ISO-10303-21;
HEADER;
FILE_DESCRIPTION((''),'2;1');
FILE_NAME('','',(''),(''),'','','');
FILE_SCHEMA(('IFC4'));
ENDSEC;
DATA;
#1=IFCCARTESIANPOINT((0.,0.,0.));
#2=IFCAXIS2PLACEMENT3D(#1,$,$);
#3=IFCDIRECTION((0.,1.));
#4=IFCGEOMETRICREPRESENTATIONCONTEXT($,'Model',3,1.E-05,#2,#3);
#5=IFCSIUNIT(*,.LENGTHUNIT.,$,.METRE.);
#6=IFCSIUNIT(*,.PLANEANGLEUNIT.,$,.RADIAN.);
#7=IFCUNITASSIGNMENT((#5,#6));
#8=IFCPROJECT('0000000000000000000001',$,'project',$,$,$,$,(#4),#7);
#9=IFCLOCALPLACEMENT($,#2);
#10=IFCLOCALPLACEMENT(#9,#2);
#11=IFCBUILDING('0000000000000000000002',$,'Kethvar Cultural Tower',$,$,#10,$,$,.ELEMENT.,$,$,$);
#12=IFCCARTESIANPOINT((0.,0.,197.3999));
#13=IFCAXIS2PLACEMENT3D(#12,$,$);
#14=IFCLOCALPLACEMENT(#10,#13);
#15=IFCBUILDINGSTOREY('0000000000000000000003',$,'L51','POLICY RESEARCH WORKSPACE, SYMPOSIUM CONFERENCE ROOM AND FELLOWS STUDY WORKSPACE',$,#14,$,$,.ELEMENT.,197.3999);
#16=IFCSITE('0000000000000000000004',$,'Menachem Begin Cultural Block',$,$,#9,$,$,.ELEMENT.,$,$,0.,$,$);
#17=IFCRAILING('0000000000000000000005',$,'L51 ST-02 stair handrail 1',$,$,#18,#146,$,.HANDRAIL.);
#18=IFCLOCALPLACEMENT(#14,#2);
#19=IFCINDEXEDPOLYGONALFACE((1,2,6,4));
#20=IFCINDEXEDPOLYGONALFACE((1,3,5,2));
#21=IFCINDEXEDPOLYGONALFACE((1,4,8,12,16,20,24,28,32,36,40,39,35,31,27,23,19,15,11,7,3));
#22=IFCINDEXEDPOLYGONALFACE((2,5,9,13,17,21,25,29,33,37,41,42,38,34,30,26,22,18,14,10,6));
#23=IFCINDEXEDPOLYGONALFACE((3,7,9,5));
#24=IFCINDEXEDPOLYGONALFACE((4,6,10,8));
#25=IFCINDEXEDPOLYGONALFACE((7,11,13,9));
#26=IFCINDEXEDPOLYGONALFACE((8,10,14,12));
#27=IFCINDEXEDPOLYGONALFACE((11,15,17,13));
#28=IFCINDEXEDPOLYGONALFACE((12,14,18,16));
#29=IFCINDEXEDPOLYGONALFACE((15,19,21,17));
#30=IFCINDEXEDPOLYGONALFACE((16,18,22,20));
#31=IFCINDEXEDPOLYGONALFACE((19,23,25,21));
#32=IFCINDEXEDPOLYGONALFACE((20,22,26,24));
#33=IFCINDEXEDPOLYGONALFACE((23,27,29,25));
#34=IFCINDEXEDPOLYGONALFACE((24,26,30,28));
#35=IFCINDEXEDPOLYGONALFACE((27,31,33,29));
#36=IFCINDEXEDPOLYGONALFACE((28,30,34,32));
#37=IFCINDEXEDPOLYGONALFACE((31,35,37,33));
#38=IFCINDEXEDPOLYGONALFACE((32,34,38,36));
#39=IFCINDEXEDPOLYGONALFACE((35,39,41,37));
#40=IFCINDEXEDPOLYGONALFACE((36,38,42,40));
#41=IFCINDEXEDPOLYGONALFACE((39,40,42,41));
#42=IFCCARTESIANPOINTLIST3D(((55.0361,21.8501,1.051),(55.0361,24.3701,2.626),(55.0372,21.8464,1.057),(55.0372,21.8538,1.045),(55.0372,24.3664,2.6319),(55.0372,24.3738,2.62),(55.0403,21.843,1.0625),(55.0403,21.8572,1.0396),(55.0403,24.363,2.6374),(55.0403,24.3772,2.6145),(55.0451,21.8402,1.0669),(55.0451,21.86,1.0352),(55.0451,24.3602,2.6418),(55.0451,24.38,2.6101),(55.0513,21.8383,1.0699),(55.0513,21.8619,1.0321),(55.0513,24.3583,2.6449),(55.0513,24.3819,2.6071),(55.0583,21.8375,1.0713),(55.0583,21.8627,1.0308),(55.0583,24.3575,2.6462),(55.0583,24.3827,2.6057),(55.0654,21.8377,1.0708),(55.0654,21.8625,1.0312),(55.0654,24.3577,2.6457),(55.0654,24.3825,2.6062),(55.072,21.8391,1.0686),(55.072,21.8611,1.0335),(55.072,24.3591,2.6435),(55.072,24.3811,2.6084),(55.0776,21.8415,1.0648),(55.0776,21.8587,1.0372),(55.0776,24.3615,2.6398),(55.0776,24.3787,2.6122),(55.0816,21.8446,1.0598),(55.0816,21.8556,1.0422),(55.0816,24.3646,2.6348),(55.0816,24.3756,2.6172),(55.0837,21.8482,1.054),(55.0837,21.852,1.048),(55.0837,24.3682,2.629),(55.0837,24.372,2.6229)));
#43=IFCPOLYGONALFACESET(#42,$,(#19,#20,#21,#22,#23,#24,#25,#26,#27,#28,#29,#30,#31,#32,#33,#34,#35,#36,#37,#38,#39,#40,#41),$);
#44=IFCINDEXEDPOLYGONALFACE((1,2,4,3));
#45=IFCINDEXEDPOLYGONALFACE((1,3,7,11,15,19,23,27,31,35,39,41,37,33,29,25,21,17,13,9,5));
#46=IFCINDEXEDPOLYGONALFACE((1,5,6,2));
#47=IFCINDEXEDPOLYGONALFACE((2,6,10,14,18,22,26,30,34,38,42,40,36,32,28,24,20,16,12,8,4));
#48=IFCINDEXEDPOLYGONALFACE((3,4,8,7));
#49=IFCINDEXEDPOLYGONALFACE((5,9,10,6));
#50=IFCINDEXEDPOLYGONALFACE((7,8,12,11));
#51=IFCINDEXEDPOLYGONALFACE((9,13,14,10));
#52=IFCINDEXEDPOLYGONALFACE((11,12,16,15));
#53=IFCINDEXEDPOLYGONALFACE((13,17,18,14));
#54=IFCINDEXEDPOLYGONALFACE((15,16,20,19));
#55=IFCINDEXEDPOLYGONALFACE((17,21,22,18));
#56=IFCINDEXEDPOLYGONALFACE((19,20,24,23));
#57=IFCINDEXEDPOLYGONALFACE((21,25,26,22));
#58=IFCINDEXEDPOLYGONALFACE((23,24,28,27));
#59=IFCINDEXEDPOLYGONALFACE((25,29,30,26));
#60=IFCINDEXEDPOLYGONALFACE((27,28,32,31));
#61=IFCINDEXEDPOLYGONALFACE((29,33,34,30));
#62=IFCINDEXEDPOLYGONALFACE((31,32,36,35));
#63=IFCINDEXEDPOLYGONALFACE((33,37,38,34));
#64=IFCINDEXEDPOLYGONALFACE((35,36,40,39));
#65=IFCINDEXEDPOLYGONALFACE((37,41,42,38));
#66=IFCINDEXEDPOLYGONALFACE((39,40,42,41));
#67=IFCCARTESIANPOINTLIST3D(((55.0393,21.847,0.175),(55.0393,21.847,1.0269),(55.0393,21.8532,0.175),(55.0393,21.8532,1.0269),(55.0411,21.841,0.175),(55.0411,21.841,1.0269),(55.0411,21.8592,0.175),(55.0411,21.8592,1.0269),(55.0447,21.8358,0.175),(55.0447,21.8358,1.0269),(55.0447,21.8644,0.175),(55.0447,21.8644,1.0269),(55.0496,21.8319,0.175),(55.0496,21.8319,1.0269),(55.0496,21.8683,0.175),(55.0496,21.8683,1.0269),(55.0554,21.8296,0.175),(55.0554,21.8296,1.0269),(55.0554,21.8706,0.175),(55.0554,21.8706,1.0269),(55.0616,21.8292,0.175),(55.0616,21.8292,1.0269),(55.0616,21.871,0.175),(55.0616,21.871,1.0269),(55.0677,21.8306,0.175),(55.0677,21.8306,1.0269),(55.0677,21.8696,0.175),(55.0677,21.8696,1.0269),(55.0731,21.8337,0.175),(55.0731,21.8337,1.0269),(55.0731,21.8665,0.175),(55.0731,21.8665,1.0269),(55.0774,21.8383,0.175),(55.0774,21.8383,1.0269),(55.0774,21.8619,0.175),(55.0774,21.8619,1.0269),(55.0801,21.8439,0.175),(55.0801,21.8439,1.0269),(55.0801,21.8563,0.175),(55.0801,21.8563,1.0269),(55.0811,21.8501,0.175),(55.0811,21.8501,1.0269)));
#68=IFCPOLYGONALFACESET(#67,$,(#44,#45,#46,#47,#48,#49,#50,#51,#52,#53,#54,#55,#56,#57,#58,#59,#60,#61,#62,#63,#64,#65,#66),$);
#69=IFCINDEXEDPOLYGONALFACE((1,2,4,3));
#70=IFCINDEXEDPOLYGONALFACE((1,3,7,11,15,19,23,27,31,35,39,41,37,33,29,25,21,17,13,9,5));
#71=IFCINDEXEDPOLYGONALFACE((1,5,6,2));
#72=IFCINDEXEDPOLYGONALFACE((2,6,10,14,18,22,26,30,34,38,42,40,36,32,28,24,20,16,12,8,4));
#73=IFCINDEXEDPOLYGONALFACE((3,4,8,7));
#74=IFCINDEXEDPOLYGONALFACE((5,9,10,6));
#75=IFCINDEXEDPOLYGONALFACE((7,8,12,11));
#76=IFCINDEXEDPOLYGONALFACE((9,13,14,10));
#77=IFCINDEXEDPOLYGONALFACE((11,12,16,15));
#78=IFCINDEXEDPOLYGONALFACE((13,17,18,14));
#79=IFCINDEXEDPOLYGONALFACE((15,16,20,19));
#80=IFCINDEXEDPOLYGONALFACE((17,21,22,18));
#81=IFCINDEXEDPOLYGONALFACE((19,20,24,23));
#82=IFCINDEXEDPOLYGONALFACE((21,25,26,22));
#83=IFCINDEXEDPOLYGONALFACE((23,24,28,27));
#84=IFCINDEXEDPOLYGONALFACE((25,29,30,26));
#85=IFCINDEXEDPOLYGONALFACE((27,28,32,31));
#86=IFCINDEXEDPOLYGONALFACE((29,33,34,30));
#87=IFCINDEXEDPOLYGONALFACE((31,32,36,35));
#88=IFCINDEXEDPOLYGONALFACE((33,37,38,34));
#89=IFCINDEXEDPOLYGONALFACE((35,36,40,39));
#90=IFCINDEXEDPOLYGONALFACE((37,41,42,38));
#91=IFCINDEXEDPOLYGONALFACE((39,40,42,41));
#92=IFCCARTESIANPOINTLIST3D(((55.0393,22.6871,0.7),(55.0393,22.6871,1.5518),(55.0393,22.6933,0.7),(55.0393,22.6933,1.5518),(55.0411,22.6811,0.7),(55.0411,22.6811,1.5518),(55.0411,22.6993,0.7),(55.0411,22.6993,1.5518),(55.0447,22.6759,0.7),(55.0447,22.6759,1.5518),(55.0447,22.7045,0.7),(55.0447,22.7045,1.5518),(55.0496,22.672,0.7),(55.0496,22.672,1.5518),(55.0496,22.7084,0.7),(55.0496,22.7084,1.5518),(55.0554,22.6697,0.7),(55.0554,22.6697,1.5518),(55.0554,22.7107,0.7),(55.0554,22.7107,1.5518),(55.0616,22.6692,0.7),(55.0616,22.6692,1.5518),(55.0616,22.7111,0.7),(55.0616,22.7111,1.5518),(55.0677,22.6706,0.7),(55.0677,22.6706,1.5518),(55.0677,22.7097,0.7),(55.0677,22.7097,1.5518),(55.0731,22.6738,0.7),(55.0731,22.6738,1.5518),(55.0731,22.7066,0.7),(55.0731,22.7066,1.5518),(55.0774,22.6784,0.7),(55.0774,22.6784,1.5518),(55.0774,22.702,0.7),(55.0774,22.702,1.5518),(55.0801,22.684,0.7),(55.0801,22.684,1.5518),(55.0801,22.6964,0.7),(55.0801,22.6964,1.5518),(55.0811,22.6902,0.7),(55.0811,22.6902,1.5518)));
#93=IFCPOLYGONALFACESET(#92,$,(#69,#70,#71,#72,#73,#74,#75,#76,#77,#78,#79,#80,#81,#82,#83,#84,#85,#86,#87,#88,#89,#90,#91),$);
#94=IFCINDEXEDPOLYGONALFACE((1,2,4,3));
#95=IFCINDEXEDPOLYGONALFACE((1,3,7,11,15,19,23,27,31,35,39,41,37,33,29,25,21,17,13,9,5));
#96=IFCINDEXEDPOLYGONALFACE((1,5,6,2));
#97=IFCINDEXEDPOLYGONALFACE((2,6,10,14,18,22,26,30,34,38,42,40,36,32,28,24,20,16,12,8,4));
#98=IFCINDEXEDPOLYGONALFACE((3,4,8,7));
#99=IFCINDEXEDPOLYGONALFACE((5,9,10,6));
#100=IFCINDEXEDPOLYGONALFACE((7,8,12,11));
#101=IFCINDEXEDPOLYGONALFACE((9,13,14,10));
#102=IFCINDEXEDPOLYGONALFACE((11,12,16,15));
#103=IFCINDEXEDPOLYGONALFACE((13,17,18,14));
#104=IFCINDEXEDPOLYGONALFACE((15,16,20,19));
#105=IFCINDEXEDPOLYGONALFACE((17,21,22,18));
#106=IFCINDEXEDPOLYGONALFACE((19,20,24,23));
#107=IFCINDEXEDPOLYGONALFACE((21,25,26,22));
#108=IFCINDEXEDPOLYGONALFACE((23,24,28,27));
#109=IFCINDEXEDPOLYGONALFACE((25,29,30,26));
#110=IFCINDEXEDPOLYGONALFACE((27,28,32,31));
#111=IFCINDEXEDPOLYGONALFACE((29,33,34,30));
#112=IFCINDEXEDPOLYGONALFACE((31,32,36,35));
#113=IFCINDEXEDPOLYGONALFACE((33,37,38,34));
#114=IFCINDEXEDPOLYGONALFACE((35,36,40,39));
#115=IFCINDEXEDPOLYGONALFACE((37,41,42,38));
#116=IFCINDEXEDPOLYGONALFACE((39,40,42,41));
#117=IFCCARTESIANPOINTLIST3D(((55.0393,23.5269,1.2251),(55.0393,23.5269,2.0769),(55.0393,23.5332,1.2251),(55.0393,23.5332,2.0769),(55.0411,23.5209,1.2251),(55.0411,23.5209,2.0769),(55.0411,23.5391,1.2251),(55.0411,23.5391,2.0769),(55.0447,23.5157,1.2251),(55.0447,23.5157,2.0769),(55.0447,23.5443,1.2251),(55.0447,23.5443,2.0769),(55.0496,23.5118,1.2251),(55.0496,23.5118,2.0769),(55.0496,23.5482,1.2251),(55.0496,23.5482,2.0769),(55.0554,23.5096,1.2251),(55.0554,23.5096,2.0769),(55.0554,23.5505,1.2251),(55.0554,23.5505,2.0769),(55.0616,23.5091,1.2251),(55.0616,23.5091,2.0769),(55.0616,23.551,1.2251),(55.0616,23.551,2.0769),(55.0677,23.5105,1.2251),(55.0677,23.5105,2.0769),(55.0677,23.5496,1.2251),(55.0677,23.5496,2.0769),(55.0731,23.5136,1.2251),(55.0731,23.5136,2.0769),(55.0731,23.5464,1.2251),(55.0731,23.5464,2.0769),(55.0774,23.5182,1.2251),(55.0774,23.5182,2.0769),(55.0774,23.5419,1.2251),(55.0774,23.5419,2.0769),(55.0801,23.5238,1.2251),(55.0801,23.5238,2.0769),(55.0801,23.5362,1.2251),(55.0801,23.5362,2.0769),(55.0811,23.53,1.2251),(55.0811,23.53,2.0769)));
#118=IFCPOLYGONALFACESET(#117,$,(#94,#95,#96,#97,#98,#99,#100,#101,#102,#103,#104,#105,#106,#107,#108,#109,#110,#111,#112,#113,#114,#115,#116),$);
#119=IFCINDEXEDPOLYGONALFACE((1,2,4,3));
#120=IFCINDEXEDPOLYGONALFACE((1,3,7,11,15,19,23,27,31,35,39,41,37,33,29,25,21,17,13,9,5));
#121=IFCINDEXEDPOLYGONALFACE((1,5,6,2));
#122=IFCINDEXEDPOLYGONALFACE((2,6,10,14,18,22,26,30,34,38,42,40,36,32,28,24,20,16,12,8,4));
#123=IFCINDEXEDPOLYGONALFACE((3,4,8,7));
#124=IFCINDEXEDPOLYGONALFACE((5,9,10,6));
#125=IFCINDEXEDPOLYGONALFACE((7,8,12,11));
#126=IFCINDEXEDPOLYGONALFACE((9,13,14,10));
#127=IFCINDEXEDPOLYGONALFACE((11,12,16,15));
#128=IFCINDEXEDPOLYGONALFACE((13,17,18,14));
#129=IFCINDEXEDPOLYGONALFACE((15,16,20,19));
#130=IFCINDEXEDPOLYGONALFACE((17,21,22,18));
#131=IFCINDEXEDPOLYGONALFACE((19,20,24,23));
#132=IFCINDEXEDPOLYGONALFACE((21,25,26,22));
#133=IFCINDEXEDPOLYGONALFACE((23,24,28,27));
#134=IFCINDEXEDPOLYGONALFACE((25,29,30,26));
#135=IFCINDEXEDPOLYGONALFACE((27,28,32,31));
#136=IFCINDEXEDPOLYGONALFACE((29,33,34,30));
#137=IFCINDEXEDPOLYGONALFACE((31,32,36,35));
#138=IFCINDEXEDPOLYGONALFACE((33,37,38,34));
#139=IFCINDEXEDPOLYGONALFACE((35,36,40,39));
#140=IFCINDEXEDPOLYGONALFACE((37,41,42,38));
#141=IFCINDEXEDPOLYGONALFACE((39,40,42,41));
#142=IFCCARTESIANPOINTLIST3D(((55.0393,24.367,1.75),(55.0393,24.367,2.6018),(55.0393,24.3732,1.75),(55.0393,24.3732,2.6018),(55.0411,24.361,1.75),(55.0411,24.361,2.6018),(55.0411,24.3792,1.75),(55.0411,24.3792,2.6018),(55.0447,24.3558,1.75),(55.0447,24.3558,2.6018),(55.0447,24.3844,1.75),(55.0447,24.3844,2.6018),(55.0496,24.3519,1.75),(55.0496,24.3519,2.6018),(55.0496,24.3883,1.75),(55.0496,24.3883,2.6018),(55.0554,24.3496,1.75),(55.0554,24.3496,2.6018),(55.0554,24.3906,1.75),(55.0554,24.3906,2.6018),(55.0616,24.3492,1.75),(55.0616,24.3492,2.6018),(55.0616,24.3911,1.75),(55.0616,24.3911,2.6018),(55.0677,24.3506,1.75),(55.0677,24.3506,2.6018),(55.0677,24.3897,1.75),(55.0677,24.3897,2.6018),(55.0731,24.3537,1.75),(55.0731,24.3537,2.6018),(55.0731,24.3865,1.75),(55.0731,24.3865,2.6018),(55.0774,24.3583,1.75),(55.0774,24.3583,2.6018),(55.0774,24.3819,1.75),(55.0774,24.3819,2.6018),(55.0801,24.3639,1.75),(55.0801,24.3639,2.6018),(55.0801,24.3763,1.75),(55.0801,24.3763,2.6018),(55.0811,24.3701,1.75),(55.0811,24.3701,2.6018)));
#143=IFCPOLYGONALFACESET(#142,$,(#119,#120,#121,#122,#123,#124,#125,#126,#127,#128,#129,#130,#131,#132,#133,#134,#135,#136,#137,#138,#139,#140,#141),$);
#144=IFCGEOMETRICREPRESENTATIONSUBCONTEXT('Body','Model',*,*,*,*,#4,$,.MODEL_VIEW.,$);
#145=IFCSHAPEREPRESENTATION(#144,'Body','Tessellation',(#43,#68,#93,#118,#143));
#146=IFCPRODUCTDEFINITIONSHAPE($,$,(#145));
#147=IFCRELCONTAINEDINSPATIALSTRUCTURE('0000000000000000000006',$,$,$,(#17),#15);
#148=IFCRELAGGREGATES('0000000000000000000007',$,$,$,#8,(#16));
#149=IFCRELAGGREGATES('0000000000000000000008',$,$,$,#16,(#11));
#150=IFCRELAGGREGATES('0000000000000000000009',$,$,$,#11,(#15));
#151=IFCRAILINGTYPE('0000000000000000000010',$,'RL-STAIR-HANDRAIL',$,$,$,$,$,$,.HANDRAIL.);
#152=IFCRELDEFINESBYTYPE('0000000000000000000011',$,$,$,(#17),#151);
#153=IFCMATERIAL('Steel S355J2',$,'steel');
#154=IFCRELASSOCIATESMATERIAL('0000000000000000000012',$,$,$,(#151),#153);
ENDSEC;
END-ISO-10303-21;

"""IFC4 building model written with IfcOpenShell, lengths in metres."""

from ifc_helpers import new_model, si_unit, direction, frame, origin, origin_2d, place, context, subcontext, project, spatial, circle, extrude, material, type_object, element, save


model = new_model("IFC4")

# Units and contexts
model_context = context("Model", 3, precision=1e-05, world=origin(), true_north=direction((0.0, 1.0)))
body_context = subcontext(model_context, "Body", "Model", "MODEL_VIEW")
ifc_project = project(units=[si_unit("LENGTHUNIT", "METRE"), si_unit("PLANEANGLEUNIT", "RADIAN")], contexts=[model_context])

# Site, building, storey
site_placement = place(None, origin())
site = spatial("IfcSite", under=ifc_project, at=site_placement, Name="Menachem Begin Cultural Block", CompositionType="ELEMENT", RefElevation=0.0)
building_placement = place(site_placement, origin())
building = spatial("IfcBuilding", under=site, at=building_placement, Name="Kethvar Cultural Tower", CompositionType="ELEMENT")
storey_placement = place(building_placement, frame((0.0, 0.0, 197.3999)))
storey = spatial("IfcBuildingStorey", under=building, at=storey_placement, Name="L51", Description="POLICY RESEARCH WORKSPACE, SYMPOSIUM CONFERENCE ROOM AND FELLOWS STUDY WORKSPACE", CompositionType="ELEMENT", Elevation=197.3999)

# Shared definitions
ifc_material_1 = material(Name="Steel S355J2", Category="steel")

# Railing
railing_type_1 = type_object("IfcRailingType", Name="RL-STAIR-HANDRAIL", PredefinedType="HANDRAIL", material=ifc_material_1)
railing_1_placement = place(storey_placement, frame((55.0601, 21.8501, 0.175)))
element("IfcRailing", 1, at=railing_1_placement, inside=storey, type_object=railing_type_1, Name="L51 ST-02 stair handrail 1", PredefinedType="HANDRAIL", context=body_context, shape_type="SweptSolid", body=[
    extrude(circle(Radius=0.0239, at=origin_2d()), frame((0.0, 0.0, 0.876), z_axis=(0.0, 0.848008, 0.529984), x_axis=(-1.0, 0.0, 0.0)), (0.0, 0.0, 1.0), 2.9717),
    extrude(circle(Radius=0.021, at=origin_2d()), origin(), (0.0, 0.0, 1.0), 0.8518),
    extrude(circle(Radius=0.021, at=origin_2d()), frame((0.0, 0.8401, 0.5249)), (0.0, 0.0, 1.0), 0.8518),
    extrude(circle(Radius=0.021, at=origin_2d()), frame((0.0, 1.6799, 1.05)), (0.0, 0.0, 1.0), 0.8518),
    extrude(circle(Radius=0.021, at=origin_2d()), frame((0.0, 2.52, 1.575)), (0.0, 0.0, 1.0), 0.8518),
])

save(model, "model.ifc")
